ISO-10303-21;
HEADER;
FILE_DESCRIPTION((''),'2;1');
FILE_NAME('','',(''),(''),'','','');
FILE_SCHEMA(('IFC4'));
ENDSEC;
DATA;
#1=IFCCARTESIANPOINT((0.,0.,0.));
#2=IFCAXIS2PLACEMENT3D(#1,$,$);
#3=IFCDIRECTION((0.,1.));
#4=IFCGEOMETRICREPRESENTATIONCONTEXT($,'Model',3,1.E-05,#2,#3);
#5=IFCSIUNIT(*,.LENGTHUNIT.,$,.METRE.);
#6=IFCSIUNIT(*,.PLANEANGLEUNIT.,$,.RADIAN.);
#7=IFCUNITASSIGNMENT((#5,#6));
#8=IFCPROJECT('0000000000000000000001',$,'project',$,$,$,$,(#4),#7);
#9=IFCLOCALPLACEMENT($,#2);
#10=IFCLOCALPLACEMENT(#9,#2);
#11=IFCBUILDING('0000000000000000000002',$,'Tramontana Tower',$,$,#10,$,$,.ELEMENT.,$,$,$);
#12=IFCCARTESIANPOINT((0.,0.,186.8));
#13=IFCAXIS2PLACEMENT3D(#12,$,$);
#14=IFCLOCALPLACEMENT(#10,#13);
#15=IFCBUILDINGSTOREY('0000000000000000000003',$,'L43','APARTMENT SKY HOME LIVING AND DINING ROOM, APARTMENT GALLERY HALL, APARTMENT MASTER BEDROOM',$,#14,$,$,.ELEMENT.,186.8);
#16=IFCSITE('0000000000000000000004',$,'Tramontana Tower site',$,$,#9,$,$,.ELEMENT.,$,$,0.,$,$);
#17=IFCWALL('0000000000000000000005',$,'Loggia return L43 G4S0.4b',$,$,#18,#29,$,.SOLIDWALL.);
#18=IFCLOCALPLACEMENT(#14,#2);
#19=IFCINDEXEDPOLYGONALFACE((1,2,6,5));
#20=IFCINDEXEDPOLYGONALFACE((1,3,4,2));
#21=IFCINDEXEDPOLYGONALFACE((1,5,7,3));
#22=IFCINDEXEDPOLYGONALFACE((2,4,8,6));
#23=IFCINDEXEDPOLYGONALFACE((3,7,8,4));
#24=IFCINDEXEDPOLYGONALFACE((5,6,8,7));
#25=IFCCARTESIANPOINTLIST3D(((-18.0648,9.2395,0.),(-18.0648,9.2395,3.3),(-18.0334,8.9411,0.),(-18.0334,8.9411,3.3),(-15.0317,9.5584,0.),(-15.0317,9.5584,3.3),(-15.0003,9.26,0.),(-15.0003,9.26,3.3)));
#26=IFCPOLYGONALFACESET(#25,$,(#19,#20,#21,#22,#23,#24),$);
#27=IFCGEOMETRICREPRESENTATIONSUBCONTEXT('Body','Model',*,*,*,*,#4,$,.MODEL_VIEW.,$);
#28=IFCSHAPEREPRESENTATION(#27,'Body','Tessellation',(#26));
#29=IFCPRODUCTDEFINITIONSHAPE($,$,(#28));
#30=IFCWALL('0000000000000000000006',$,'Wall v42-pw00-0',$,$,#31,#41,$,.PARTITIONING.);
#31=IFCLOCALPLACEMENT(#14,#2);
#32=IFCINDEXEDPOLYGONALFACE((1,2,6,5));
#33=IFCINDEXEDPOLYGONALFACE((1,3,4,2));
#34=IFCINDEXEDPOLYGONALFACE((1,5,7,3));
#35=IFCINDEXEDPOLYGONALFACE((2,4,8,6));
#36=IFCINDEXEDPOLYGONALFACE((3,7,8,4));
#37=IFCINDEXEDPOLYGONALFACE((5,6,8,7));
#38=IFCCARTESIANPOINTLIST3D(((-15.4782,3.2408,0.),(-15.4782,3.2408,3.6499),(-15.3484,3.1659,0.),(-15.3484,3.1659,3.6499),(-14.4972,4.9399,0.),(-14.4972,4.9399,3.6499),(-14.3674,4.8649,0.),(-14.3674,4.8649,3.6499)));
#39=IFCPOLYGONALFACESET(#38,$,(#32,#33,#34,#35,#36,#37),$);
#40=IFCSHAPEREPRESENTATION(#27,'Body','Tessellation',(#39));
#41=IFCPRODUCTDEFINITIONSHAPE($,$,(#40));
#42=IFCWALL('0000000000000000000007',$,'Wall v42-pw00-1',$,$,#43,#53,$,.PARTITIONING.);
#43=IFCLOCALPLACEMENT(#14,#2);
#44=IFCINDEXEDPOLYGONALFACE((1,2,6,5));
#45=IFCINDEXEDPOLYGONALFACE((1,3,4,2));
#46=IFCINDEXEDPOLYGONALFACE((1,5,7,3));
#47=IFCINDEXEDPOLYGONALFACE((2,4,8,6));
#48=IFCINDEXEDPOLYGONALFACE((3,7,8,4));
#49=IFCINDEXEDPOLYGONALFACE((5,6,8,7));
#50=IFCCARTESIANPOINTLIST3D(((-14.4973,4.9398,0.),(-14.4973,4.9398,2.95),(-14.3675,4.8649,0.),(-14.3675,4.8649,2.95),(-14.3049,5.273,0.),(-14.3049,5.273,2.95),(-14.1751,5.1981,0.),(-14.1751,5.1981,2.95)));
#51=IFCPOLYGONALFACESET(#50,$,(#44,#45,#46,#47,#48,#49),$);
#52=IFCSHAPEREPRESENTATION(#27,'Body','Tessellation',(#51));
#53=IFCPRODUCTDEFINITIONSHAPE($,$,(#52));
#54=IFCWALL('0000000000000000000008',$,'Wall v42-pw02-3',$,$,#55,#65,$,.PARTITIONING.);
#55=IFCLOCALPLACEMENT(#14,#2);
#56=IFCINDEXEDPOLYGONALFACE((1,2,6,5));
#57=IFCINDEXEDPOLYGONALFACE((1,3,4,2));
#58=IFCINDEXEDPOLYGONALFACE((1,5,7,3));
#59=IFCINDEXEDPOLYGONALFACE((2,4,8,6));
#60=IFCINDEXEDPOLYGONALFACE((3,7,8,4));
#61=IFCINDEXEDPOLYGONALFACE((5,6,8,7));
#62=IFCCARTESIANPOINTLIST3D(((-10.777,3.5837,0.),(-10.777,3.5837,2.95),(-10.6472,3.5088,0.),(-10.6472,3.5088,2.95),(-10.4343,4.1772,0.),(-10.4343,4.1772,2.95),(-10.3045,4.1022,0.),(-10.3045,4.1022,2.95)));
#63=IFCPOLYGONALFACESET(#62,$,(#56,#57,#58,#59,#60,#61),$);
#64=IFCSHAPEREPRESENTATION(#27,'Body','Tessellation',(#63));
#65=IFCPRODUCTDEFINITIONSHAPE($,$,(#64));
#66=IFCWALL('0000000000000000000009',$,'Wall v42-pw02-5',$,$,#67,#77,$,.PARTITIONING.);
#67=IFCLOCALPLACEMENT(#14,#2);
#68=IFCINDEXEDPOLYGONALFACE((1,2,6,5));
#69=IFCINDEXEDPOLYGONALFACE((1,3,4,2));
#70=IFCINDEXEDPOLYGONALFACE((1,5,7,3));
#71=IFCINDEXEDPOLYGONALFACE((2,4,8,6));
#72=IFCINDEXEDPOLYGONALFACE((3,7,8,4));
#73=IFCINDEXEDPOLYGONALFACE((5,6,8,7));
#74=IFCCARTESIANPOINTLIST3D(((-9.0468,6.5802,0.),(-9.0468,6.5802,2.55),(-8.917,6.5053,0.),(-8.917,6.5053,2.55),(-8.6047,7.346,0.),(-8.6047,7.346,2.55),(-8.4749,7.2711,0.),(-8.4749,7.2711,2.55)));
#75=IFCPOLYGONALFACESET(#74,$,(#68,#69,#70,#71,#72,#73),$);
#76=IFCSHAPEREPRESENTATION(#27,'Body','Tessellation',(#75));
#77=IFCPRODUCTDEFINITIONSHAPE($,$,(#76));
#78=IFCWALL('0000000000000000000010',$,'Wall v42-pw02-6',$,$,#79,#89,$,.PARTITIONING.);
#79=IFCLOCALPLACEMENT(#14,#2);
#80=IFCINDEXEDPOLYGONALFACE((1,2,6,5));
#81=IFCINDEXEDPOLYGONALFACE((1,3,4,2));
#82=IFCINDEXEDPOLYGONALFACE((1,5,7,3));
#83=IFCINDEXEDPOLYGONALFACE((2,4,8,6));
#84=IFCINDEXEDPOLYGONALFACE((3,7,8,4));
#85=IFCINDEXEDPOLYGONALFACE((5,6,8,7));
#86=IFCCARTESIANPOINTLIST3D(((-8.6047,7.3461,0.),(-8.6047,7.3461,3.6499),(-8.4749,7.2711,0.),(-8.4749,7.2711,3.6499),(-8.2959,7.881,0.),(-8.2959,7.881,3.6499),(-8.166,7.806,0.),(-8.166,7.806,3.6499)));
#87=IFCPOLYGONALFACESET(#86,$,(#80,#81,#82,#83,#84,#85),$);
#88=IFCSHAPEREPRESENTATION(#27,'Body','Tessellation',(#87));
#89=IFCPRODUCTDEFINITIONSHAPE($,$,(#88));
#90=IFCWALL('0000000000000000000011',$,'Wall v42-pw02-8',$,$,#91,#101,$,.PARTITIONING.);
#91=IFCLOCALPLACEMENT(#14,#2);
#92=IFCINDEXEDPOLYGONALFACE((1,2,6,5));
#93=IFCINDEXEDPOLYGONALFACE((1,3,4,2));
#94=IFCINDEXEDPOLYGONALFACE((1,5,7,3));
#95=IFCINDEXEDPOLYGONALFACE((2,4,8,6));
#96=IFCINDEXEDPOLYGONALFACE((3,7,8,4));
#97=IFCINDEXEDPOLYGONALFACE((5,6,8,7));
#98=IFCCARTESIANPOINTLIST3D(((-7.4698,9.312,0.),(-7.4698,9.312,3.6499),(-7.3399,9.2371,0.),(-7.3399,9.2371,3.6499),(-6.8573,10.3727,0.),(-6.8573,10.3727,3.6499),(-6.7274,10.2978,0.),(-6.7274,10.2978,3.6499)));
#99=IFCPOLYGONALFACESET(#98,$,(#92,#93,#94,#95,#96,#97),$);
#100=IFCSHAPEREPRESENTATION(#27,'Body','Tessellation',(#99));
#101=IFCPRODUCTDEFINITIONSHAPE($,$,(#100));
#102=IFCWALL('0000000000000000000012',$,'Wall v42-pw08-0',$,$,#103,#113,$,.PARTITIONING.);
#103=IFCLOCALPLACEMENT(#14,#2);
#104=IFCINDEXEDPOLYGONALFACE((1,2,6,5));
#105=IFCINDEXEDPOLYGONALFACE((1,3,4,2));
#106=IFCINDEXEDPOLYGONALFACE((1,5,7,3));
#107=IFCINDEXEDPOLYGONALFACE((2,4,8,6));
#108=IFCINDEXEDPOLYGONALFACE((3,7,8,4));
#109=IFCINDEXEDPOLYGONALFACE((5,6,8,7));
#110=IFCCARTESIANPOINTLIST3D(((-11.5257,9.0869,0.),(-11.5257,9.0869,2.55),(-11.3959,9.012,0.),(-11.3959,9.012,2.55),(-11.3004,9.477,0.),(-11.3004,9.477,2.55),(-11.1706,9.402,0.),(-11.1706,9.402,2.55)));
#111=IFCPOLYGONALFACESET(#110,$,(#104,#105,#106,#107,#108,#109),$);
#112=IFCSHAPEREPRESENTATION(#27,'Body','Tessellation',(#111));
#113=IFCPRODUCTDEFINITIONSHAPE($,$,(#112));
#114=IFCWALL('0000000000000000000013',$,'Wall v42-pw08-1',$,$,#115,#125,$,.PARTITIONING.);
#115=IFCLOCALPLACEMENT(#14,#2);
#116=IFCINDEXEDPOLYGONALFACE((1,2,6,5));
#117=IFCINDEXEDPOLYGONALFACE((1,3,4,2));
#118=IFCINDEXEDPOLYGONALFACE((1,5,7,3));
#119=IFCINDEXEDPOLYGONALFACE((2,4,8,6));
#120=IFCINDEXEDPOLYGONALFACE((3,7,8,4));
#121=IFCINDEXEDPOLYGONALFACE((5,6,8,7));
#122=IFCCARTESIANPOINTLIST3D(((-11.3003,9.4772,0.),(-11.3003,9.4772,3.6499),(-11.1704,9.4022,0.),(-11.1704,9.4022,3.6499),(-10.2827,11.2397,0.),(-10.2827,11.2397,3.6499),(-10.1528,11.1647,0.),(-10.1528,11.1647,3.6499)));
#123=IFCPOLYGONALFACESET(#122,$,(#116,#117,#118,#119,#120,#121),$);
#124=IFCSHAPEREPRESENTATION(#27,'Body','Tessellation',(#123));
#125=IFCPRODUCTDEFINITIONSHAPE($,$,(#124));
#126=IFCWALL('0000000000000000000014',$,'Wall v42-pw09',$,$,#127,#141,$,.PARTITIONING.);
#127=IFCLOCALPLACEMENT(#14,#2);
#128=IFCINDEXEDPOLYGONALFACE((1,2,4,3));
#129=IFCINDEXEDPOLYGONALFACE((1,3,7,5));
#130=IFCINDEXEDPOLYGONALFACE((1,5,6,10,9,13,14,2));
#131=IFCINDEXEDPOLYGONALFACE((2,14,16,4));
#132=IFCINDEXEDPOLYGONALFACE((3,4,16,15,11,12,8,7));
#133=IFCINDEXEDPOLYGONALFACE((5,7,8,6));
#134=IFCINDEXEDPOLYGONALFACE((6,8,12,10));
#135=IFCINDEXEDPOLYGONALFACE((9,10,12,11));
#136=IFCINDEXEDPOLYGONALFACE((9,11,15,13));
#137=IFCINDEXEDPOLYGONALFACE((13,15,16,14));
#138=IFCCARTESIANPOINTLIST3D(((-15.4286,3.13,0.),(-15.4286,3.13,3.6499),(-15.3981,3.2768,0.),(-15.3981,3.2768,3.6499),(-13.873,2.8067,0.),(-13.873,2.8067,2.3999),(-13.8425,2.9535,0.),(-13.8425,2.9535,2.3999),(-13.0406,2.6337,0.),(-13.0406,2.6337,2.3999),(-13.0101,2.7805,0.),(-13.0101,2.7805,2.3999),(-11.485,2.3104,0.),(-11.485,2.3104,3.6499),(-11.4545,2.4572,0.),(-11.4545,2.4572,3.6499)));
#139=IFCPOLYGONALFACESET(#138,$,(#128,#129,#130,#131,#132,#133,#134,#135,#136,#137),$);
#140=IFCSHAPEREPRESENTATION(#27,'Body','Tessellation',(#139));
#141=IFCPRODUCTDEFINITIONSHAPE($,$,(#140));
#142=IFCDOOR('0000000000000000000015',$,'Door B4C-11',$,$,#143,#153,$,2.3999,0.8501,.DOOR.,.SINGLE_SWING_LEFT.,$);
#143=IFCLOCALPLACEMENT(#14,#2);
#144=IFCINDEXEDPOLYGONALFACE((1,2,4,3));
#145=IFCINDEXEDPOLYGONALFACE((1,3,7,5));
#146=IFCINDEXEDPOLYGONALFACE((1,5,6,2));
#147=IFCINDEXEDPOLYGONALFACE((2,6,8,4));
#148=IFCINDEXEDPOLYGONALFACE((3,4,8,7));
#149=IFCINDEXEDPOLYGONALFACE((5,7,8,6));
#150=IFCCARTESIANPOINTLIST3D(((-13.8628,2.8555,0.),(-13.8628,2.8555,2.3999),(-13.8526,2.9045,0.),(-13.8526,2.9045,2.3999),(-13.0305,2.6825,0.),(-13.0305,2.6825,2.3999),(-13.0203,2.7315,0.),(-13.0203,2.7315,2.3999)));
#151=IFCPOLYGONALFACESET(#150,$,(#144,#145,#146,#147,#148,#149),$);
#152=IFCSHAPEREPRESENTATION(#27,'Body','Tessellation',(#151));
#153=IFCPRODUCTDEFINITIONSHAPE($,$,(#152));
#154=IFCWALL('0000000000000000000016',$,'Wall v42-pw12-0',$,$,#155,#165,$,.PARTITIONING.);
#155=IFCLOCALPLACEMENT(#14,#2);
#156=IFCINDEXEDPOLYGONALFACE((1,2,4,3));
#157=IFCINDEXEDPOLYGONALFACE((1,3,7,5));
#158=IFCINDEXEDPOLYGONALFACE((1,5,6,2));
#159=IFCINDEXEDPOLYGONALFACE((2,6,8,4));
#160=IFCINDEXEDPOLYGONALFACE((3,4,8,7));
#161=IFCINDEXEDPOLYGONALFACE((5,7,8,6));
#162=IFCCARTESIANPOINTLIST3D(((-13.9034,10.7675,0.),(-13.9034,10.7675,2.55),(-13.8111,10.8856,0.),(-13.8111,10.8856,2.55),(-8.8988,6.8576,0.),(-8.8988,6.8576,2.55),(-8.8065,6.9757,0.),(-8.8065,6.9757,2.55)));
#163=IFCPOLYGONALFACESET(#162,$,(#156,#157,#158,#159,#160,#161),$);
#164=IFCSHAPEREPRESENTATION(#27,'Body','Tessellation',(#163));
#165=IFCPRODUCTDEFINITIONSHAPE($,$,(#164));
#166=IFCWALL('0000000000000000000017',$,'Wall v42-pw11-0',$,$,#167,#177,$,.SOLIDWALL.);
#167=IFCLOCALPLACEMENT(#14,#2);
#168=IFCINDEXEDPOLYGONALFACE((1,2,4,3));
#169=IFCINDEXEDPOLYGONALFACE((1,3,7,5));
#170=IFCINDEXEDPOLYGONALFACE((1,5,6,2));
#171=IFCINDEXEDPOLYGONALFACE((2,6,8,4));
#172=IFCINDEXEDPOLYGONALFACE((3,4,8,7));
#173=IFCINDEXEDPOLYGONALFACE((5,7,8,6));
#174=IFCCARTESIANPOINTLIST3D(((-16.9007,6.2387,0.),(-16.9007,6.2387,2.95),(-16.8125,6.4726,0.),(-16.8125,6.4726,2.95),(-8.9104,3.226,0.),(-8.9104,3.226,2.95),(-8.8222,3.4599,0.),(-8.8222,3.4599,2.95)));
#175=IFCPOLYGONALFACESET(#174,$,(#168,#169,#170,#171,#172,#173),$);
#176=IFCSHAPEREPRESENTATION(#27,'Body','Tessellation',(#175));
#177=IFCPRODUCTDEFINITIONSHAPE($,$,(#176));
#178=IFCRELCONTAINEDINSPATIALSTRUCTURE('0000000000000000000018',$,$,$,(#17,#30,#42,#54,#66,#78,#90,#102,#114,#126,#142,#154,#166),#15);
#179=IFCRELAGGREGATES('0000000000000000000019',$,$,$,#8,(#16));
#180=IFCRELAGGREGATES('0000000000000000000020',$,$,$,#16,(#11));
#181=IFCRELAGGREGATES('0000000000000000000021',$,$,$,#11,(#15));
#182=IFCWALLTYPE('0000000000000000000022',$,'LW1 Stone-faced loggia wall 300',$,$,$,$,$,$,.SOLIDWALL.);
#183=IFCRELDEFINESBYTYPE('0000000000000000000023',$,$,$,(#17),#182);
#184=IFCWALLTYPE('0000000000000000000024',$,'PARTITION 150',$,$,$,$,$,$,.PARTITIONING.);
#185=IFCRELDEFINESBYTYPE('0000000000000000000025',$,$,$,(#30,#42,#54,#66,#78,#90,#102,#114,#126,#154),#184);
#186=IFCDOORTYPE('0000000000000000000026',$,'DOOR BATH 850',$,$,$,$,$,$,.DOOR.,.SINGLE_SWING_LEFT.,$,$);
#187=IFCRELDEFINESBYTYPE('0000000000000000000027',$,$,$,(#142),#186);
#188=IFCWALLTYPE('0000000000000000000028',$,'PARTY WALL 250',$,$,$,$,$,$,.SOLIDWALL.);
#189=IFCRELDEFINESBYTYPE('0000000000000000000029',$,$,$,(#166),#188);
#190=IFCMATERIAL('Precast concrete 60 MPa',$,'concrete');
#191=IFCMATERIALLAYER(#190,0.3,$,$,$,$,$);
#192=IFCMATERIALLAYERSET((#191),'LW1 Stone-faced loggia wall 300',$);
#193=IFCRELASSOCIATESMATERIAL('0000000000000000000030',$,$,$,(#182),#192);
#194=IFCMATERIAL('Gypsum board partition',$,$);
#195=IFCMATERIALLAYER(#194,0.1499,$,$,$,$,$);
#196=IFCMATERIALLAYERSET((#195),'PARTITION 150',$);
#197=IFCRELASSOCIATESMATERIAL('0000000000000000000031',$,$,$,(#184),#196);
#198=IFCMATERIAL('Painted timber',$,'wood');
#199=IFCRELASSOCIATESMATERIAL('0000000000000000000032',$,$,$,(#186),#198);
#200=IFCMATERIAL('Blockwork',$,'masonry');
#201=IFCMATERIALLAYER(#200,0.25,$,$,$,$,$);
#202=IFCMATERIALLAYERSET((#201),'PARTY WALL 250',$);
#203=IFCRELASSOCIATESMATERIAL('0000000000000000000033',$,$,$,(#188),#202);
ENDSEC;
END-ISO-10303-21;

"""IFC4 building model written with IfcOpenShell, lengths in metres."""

from ifc_helpers import new_model, si_unit, direction, frame, frame_2d, origin, place, context, subcontext, project, spatial, rectangle, extrude, material, layer, layer_set, type_object, element, fill, save


model = new_model("IFC4")

# Units and contexts
model_context = context("Model", 3, precision=1e-05, world=origin(), true_north=direction((0.0, 1.0)))
body_context = subcontext(model_context, "Body", "Model", "MODEL_VIEW")
ifc_project = project(units=[si_unit("LENGTHUNIT", "METRE"), si_unit("PLANEANGLEUNIT", "RADIAN")], contexts=[model_context])

# Site, building, storey
site_placement = place(None, origin())
site = spatial("IfcSite", under=ifc_project, at=site_placement, Name="Tramontana Tower site", CompositionType="ELEMENT", RefElevation=0.0)
building_placement = place(site_placement, origin())
building = spatial("IfcBuilding", under=site, at=building_placement, Name="Tramontana Tower", CompositionType="ELEMENT")
storey_placement = place(building_placement, frame((0.0, 0.0, 186.8)))
storey = spatial("IfcBuildingStorey", under=building, at=storey_placement, Name="L43", Description="APARTMENT SKY HOME LIVING AND DINING ROOM, APARTMENT GALLERY HALL, APARTMENT MASTER BEDROOM", CompositionType="ELEMENT", Elevation=186.8)

# Walls
ifc_material_1 = material(Name="Precast concrete 60 MPa", Category="concrete")
ifc_layer_1 = layer(ifc_material_1, 0.3)
ifc_layer_set_1 = layer_set([ifc_layer_1], Name="LW1 Stone-faced loggia wall 300")
wall_type_1 = type_object("IfcWallType", Name="LW1 Stone-faced loggia wall 300", PredefinedType="SOLIDWALL", material=ifc_layer_set_1)
wall_1_placement = place(storey_placement, frame((-18.0491, 9.0903, 0.0), z_axis=(0.0, 0.0, 1.0), x_axis=(0.99452, 0.104543, 0.0)))
element("IfcWall", 1, at=wall_1_placement, inside=storey, type_object=wall_type_1, Name="Loggia return L43 G4S0.4b", PredefinedType="SOLIDWALL", context=body_context, shape_type="SweptSolid", body=[
    extrude(rectangle(XDim=3.0498, YDim=0.3, at=frame_2d((1.5249, 0.0))), origin(), (0.0, 0.0, 1.0), 3.3),
])
ifc_material_2 = material(Name="Gypsum board partition")
ifc_layer_2 = layer(ifc_material_2, 0.1499)
ifc_layer_set_2 = layer_set([ifc_layer_2], Name="PARTITION 150")
wall_type_2 = type_object("IfcWallType", Name="PARTITION 150", PredefinedType="PARTITIONING", material=ifc_layer_set_2)
wall_2_placement = place(storey_placement, frame((-15.4133, 3.2034, 0.0), z_axis=(0.0, 0.0, 1.0), x_axis=(0.50002, 0.866014, 0.0)))
element("IfcWall", 2, at=wall_2_placement, inside=storey, type_object=wall_type_2, Name="Wall v42-pw00-0", PredefinedType="PARTITIONING", context=body_context, shape_type="SweptSolid", body=[
    extrude(rectangle(XDim=1.9619, YDim=0.1499, at=frame_2d((0.981, 0.0))), origin(), (0.0, 0.0, 1.0), 3.6499),
])
wall_3_placement = place(storey_placement, frame((-14.4324, 4.9023, 0.0), z_axis=(0.0, 0.0, 1.0), x_axis=(0.49996, 0.866048, 0.0)))
element("IfcWall", 3, at=wall_3_placement, inside=storey, type_object=wall_type_2, Name="Wall v42-pw00-1", PredefinedType="PARTITIONING", context=body_context, shape_type="SweptSolid", body=[
    extrude(rectangle(XDim=0.3848, YDim=0.1499, at=frame_2d((0.1924, 0.0))), origin(), (0.0, 0.0, 1.0), 2.95),
])
wall_4_placement = place(storey_placement, frame((-10.7122, 3.5461, 0.0), z_axis=(0.0, 0.0, 1.0), x_axis=(0.500123, 0.865954, 0.0)))
element("IfcWall", 4, at=wall_4_placement, inside=storey, type_object=wall_type_2, Name="Wall v42-pw02-3", PredefinedType="PARTITIONING", context=body_context, shape_type="SweptSolid", body=[
    extrude(rectangle(XDim=0.6853, YDim=0.1499, at=frame_2d((0.3428, 0.0))), origin(), (0.0, 0.0, 1.0), 2.95),
])

# Walls
wall_5_placement = place(storey_placement, frame((-8.9819, 6.5427, 0.0), z_axis=(0.0, 0.0, 1.0), x_axis=(0.499969, 0.866043, 0.0)))
element("IfcWall", 5, at=wall_5_placement, inside=storey, type_object=wall_type_2, Name="Wall v42-pw02-5", PredefinedType="PARTITIONING", context=body_context, shape_type="SweptSolid", body=[
    extrude(rectangle(XDim=0.8843, YDim=0.1499, at=frame_2d((0.4421, 0.0))), origin(), (0.0, 0.0, 1.0), 2.55),
])
wall_6_placement = place(storey_placement, frame((-8.5398, 7.3086, 0.0), z_axis=(0.0, 0.0, 1.0), x_axis=(0.500008, 0.866021, 0.0)))
element("IfcWall", 6, at=wall_6_placement, inside=storey, type_object=wall_type_2, Name="Wall v42-pw02-6", PredefinedType="PARTITIONING", context=body_context, shape_type="SweptSolid", body=[
    extrude(rectangle(XDim=0.6177, YDim=0.1499, at=frame_2d((0.3088, 0.0))), origin(), (0.0, 0.0, 1.0), 3.6499),
])

# Shared definitions
ifc_material_3 = material(Name="Painted timber", Category="wood")
door_type_1 = type_object("IfcDoorType", Name="DOOR BATH 850", OperationType="SINGLE_SWING_LEFT", PredefinedType="DOOR", material=ifc_material_3)

# Walls
wall_7_placement = place(storey_placement, frame((-7.4048, 9.2747, 0.0), z_axis=(0.0, 0.0, 1.0), x_axis=(0.500062, 0.86599, 0.0)))
element("IfcWall", 7, at=wall_7_placement, inside=storey, type_object=wall_type_2, Name="Wall v42-pw02-8", PredefinedType="PARTITIONING", context=body_context, shape_type="SweptSolid", body=[
    extrude(rectangle(XDim=1.2249, YDim=0.1499, at=frame_2d((0.6123, 0.0))), origin(), (0.0, 0.0, 1.0), 3.6499),
])
wall_8_placement = place(storey_placement, frame((-11.4607, 9.0496, 0.0), z_axis=(0.0, 0.0, 1.0), x_axis=(0.50016, 0.865933, 0.0)))
element("IfcWall", 8, at=wall_8_placement, inside=storey, type_object=wall_type_2, Name="Wall v42-pw08-0", PredefinedType="PARTITIONING", context=body_context, shape_type="SweptSolid", body=[
    extrude(rectangle(XDim=0.4504, YDim=0.1499, at=frame_2d((0.2251, 0.0))), origin(), (0.0, 0.0, 1.0), 2.55),
])
wall_9_placement = place(storey_placement, frame((-11.2354, 9.4397, 0.0), z_axis=(0.0, 0.0, 1.0), x_axis=(0.50001, 0.86602, 0.0)))
element("IfcWall", 9, at=wall_9_placement, inside=storey, type_object=wall_type_2, Name="Wall v42-pw08-1", PredefinedType="PARTITIONING", context=body_context, shape_type="SweptSolid", body=[
    extrude(rectangle(XDim=2.0352, YDim=0.1499, at=frame_2d((1.0176, 0.0))), origin(), (0.0, 0.0, 1.0), 3.6499),
])

# Wall, opening, door
wall_10_placement = place(storey_placement, frame((-15.4133, 3.2034, 0.0), z_axis=(0.0, 0.0, 1.0), x_axis=(0.97908, -0.203477, 0.0)))
wall_10 = element("IfcWall", 10, at=wall_10_placement, inside=storey, type_object=wall_type_2, Name="Wall v42-pw09", PredefinedType="PARTITIONING", context=body_context, shape_type="SweptSolid", body=[
    extrude(rectangle(XDim=4.0278, YDim=0.1499, at=frame_2d((2.0139, 0.0))), origin(), (0.0, 0.0, 1.0), 3.6499),
])
opening_1_placement = place(wall_10_placement, frame((1.5889, 0.0, 0.0)))
opening_1 = element("IfcOpeningElement", 11, at=opening_1_placement, cuts=wall_10, PredefinedType="OPENING", context=body_context, shape_type="SweptSolid", body=[
    extrude(rectangle(XDim=0.8501, YDim=2.3999, at=frame_2d((0.425, 1.2))), frame((0.0, 0.085, 0.0), z_axis=(0.0, -1.0, 0.0), x_axis=(1.0, 0.0, 0.0)), (0.0, 0.0, 1.0), 0.1699),
])
door_1_placement = place(opening_1_placement, origin())
door_1 = element("IfcDoor", 12, at=door_1_placement, inside=storey, type_object=door_type_1, Name="Door B4C-11", OperationType="SINGLE_SWING_LEFT", OverallHeight=2.3999, OverallWidth=0.8501, PredefinedType="DOOR", context=body_context, shape_type="SweptSolid", body=[
    extrude(rectangle(XDim=0.8501, YDim=2.3999, at=frame_2d((0.425, 1.2))), frame((0.0, 0.0249, 0.0), z_axis=(0.0, -1.0, 0.0), x_axis=(1.0, 0.0, 0.0)), (0.0, 0.0, 1.0), 0.05),
])
fill(opening_1, door_1)

# Walls
wall_11_placement = place(storey_placement, frame((-8.8528, 6.9167, 0.0), z_axis=(0.0, 0.0, 1.0), x_axis=(-0.788021, 0.615648, 0.0)))
element("IfcWall", 13, at=wall_11_placement, inside=storey, type_object=wall_type_2, Name="Wall v42-pw12-0", PredefinedType="PARTITIONING", context=body_context, shape_type="SweptSolid", body=[
    extrude(rectangle(XDim=6.3508, YDim=0.1499, at=frame_2d((3.1753, 0.0))), origin(), (0.0, 0.0, 1.0), 2.55),
])
ifc_material_4 = material(Name="Blockwork", Category="masonry")
ifc_layer_3 = layer(ifc_material_4, 0.25)
ifc_layer_set_3 = layer_set([ifc_layer_3], Name="PARTY WALL 250")
wall_type_3 = type_object("IfcWallType", Name="PARTY WALL 250", PredefinedType="SOLIDWALL", material=ifc_layer_set_3)
wall_12_placement = place(storey_placement, frame((-8.8665, 3.343, 0.0), z_axis=(0.0, 0.0, 1.0), x_axis=(-0.935698, 0.352802, 0.0)))
element("IfcWall", 14, at=wall_12_placement, inside=storey, type_object=wall_type_3, Name="Wall v42-pw11-0", PredefinedType="SOLIDWALL", context=body_context, shape_type="SweptSolid", body=[
    extrude(rectangle(XDim=8.5393, YDim=0.25, at=frame_2d((4.2695, 0.0))), origin(), (0.0, 0.0, 1.0), 2.95),
])

save(model, "model.ifc")
